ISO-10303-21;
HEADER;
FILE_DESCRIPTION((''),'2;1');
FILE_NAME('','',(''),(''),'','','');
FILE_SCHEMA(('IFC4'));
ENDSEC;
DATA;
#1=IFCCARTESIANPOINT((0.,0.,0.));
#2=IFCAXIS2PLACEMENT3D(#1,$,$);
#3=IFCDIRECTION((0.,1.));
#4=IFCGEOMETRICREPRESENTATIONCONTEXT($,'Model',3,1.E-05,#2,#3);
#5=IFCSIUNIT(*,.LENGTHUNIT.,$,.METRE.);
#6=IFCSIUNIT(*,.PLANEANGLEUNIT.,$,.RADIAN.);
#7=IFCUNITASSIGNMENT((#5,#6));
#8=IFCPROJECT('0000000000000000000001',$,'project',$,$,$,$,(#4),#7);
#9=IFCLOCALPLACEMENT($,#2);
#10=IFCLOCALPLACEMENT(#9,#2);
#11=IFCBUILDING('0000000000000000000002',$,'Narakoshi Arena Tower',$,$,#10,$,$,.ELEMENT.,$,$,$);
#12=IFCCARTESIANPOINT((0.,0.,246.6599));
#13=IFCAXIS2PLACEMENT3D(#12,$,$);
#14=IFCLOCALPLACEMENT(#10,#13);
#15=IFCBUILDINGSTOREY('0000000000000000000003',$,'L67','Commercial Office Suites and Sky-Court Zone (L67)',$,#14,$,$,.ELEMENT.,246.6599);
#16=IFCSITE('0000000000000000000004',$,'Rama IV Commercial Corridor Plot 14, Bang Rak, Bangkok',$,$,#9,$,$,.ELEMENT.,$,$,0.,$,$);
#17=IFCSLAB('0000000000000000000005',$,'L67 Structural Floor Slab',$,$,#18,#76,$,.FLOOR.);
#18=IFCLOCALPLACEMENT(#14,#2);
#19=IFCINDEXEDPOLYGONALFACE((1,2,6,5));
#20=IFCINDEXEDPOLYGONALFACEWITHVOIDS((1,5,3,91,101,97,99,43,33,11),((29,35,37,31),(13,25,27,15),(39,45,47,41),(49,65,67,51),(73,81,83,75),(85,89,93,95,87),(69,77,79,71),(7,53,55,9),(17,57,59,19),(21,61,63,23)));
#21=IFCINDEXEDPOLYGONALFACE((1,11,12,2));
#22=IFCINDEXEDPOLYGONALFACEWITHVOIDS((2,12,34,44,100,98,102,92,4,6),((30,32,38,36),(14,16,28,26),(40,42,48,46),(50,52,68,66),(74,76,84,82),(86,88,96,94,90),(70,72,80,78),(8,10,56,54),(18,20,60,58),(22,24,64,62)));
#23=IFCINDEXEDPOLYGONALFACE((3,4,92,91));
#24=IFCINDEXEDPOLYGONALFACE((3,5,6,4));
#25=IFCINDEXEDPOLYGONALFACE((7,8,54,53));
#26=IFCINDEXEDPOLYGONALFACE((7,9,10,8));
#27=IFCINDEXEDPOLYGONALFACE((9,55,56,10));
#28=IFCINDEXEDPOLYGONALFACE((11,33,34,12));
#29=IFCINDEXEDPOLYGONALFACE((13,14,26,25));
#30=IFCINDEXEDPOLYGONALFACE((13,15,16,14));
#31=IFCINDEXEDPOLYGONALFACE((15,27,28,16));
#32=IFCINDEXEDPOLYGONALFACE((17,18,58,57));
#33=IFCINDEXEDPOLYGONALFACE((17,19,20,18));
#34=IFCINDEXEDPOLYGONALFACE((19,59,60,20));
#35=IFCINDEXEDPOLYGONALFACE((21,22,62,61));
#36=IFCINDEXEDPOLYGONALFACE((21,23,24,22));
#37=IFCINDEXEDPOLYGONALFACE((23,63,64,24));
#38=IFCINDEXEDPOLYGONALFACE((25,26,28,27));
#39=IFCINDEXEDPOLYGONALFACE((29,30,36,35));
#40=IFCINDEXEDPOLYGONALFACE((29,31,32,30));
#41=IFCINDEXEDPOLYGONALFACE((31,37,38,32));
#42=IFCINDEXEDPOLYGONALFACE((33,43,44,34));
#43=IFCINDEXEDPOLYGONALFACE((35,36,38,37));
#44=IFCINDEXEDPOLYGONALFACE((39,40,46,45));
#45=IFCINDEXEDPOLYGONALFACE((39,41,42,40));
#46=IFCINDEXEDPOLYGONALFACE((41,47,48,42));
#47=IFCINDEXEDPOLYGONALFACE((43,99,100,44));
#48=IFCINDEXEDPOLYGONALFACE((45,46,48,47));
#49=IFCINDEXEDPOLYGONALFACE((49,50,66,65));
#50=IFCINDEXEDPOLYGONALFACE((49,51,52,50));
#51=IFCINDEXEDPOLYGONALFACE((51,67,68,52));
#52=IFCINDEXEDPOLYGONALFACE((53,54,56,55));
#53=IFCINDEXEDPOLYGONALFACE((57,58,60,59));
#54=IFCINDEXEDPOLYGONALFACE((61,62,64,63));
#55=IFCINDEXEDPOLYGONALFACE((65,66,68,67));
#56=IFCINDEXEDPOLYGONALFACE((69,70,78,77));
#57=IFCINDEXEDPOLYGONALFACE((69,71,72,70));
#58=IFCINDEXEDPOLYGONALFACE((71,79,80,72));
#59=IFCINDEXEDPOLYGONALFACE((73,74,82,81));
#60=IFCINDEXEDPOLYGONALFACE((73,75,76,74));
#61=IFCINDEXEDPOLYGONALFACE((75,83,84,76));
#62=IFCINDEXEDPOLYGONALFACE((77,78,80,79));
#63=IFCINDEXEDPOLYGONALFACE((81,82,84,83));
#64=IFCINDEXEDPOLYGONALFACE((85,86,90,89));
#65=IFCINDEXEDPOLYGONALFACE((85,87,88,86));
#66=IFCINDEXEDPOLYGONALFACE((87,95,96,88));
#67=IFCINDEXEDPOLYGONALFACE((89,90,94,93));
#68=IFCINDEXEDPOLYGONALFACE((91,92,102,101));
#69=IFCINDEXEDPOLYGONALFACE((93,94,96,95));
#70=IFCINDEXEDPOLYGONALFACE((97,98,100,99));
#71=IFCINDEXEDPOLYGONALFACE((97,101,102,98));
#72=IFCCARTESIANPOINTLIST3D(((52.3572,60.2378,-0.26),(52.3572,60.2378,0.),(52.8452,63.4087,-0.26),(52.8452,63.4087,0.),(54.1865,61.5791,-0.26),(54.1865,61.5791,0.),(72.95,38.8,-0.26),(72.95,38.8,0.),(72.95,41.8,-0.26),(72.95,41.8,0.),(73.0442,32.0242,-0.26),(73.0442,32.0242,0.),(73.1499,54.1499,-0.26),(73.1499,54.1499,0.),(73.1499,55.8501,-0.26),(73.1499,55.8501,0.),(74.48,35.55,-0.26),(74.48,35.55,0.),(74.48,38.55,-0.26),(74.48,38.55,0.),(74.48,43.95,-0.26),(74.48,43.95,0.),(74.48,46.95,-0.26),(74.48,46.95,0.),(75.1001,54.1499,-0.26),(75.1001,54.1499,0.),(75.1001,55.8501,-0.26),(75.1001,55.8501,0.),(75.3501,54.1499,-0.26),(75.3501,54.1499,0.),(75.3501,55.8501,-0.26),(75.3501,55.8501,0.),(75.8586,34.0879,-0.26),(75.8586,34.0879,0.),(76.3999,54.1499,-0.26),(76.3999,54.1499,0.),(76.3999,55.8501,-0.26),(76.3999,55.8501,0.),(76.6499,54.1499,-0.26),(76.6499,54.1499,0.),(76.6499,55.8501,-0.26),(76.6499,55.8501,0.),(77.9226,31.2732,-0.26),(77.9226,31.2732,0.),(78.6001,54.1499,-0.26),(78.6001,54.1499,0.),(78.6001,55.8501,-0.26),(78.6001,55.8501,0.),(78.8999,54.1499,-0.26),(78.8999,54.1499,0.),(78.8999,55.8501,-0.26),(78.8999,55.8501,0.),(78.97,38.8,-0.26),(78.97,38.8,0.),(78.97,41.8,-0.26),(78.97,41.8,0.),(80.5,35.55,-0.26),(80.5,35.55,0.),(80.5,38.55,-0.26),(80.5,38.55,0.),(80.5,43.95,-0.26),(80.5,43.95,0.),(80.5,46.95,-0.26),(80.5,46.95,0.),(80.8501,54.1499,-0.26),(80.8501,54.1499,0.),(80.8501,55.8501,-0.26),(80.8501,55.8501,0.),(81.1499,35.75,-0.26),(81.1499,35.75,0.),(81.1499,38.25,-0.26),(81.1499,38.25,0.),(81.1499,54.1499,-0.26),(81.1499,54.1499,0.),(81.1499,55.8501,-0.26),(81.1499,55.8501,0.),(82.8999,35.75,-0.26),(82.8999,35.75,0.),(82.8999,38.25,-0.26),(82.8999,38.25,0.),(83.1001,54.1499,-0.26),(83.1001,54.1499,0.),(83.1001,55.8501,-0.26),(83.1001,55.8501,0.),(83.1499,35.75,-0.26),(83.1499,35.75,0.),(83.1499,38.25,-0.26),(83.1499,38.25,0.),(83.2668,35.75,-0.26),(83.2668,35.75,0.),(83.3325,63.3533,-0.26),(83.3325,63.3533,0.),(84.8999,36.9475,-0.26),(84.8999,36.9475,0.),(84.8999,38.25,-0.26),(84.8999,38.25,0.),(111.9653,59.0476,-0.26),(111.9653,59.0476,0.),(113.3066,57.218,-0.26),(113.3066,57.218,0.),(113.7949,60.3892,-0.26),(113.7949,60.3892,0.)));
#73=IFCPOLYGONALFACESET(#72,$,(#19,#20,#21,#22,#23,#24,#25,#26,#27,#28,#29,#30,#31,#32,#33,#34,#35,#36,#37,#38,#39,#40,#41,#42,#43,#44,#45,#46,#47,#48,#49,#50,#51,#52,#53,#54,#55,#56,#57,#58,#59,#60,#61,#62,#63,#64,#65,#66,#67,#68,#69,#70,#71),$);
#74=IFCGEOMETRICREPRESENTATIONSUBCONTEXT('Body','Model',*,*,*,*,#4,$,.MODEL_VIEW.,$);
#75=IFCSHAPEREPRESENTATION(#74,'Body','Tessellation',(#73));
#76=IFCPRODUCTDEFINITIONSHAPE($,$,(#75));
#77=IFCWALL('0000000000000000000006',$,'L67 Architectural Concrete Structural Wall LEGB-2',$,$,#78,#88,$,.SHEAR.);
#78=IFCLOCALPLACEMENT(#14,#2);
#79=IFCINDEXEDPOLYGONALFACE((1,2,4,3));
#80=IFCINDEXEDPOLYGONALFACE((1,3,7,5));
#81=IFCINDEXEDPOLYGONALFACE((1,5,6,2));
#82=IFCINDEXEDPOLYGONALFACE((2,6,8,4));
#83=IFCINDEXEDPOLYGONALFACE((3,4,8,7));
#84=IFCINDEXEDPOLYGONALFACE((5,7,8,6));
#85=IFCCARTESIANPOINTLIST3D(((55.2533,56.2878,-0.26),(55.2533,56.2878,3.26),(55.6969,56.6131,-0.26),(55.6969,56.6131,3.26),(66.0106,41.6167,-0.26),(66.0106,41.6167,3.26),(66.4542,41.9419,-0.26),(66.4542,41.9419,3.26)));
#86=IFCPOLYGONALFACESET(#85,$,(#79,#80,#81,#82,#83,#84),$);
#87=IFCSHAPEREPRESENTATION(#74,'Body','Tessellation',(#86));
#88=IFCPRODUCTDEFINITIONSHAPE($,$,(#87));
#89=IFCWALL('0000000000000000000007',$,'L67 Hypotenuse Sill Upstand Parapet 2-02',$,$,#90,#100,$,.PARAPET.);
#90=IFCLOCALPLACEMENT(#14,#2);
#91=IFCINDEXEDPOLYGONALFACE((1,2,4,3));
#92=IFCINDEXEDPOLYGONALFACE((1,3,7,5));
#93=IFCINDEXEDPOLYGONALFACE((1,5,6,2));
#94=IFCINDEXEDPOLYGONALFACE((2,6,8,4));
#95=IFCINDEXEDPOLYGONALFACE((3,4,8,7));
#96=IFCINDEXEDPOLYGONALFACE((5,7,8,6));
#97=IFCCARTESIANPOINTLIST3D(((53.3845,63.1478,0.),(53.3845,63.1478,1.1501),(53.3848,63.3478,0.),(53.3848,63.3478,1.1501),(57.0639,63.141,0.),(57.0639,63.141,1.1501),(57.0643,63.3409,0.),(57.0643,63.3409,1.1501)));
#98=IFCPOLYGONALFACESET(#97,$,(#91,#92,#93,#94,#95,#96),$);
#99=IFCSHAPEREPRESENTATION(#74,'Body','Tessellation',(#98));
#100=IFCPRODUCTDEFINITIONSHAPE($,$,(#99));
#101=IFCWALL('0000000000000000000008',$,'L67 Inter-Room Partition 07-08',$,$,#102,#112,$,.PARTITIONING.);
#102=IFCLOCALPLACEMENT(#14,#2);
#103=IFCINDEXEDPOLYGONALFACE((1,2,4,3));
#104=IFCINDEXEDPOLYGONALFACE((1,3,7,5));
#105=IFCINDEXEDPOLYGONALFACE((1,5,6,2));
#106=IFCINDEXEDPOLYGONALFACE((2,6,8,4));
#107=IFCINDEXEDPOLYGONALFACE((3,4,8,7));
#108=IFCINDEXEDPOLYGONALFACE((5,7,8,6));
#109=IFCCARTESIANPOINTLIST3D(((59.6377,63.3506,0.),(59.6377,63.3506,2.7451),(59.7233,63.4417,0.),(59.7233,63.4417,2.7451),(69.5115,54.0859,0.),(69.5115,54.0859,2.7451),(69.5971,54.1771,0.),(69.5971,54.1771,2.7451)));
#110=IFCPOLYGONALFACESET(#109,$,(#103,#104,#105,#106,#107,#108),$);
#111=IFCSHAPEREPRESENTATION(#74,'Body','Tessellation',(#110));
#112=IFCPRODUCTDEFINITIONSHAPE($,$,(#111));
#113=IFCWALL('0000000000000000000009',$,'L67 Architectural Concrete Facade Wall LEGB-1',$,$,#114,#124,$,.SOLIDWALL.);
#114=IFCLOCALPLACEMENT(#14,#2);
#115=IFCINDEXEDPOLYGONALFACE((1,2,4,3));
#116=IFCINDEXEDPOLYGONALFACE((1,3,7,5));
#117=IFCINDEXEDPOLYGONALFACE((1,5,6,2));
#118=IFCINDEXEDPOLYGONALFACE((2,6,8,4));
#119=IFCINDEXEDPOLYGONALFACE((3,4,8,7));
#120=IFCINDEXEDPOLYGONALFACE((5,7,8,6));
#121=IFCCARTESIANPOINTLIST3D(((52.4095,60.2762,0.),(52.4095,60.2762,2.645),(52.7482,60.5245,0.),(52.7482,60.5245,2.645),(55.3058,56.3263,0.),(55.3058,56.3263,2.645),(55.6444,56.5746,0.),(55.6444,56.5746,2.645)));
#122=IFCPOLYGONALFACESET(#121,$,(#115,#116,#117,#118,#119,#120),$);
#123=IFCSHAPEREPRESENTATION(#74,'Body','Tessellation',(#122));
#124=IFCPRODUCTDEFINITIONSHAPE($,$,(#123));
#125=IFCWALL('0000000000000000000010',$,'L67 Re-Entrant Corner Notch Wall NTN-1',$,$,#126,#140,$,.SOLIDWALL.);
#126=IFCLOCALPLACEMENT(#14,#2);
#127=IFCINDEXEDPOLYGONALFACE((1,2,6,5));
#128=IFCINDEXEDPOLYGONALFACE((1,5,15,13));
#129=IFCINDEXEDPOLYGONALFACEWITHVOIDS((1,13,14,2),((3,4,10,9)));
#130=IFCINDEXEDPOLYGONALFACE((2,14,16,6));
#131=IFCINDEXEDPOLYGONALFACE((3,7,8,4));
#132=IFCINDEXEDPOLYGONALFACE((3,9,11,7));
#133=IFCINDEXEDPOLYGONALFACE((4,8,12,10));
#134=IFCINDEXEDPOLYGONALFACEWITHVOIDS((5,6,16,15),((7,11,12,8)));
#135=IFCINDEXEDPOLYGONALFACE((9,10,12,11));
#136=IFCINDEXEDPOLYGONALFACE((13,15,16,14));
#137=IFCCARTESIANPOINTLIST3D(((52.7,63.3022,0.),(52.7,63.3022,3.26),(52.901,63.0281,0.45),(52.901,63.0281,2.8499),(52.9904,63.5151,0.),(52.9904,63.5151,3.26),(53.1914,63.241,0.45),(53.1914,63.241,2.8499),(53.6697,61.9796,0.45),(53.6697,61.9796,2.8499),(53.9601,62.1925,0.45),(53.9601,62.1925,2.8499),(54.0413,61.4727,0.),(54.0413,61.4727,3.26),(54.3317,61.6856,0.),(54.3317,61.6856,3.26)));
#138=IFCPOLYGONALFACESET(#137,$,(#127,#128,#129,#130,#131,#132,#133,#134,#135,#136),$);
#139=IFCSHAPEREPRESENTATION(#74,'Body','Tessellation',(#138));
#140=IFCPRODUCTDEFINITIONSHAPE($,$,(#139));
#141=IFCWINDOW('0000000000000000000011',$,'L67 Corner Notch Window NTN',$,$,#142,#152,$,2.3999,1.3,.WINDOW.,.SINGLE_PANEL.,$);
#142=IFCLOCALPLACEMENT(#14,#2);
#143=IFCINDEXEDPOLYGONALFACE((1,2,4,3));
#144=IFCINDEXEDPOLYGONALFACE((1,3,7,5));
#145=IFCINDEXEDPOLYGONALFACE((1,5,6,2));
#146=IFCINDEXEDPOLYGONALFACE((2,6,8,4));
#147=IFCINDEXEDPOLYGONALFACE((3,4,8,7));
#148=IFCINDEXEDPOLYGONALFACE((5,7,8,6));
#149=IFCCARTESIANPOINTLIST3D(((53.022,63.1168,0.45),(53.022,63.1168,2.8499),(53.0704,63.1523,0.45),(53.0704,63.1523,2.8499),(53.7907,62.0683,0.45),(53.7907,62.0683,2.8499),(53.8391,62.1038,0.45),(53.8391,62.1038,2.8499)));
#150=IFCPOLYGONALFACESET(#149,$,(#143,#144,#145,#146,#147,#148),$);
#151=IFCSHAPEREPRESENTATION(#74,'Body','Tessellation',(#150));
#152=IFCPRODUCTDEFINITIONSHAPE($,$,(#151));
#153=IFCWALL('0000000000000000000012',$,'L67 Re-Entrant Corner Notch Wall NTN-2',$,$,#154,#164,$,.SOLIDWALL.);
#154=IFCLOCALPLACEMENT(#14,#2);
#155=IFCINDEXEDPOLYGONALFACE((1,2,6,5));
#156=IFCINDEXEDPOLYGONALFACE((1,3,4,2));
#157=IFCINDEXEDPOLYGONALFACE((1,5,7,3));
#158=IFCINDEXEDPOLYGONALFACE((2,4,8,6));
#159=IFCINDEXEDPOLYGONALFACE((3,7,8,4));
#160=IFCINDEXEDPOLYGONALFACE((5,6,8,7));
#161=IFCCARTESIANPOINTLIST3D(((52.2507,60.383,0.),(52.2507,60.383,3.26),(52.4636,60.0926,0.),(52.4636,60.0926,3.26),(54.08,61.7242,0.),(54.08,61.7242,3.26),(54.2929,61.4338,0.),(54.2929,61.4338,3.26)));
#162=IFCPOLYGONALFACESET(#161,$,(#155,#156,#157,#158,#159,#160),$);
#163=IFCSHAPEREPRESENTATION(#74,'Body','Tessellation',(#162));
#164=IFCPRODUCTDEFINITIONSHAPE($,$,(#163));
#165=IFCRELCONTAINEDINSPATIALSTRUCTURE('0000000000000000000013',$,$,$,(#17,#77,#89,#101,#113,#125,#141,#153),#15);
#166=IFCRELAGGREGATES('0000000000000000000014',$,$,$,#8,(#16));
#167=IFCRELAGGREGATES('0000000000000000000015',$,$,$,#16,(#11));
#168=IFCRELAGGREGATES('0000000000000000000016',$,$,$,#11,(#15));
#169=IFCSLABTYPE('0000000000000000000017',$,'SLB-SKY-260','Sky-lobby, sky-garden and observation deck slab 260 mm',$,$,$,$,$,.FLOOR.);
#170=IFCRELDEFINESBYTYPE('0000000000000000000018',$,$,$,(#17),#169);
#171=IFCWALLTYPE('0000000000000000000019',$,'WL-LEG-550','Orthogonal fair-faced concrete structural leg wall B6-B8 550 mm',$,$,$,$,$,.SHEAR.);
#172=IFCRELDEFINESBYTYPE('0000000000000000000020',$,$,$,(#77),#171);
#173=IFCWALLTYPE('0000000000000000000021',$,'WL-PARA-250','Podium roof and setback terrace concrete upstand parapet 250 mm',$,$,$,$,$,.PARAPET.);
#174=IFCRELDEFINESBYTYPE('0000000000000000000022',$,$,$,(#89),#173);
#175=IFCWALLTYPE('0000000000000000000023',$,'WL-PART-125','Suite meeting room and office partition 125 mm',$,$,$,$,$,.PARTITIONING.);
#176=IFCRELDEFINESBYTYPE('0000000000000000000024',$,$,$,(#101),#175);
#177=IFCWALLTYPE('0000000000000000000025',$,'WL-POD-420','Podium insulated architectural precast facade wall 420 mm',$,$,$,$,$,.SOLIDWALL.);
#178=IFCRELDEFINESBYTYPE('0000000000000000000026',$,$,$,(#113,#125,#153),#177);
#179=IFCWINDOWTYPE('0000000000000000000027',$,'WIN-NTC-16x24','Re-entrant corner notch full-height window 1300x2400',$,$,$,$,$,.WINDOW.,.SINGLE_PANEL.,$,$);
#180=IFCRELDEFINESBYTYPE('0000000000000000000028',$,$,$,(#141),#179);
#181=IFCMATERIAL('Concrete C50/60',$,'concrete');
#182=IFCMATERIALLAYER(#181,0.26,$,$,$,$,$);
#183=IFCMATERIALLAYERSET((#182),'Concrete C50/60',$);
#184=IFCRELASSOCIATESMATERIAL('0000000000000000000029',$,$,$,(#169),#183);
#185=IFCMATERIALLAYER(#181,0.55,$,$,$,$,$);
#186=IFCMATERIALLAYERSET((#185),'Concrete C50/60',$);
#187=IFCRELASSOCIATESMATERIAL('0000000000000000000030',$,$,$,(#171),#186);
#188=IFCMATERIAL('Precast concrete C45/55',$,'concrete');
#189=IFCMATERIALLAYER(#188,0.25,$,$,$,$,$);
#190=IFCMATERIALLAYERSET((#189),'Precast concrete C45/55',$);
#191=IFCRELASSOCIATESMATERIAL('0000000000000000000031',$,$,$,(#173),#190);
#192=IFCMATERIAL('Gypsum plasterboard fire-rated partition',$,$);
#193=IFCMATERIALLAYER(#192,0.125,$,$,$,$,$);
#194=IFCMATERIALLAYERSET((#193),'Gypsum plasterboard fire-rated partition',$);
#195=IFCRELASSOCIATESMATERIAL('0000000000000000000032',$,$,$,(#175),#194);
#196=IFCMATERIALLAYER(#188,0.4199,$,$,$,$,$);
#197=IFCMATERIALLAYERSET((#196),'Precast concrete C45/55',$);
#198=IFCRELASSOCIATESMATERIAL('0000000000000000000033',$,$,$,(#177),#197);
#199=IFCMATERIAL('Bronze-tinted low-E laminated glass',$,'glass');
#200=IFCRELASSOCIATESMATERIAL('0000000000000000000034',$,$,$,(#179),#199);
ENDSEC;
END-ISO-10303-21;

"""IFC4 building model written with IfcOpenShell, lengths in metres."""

from ifc_helpers import new_model, si_unit, direction, frame, frame_2d, origin, place, context, subcontext, project, spatial, polyline, rectangle, outline, extrude, material, layer, layer_set, type_object, element, fill, save


model = new_model("IFC4")

# Units and contexts
model_context = context("Model", 3, precision=1e-05, world=origin(), true_north=direction((0.0, 1.0)))
body_context = subcontext(model_context, "Body", "Model", "MODEL_VIEW")
ifc_project = project(units=[si_unit("LENGTHUNIT", "METRE"), si_unit("PLANEANGLEUNIT", "RADIAN")], contexts=[model_context])

# Site, building, storey
site_placement = place(None, origin())
site = spatial("IfcSite", under=ifc_project, at=site_placement, Name="Rama IV Commercial Corridor Plot 14, Bang Rak, Bangkok", CompositionType="ELEMENT", RefElevation=0.0)
building_placement = place(site_placement, origin())
building = spatial("IfcBuilding", under=site, at=building_placement, Name="Narakoshi Arena Tower", CompositionType="ELEMENT")
storey_placement = place(building_placement, frame((0.0, 0.0, 246.6599)))
storey = spatial("IfcBuildingStorey", under=building, at=storey_placement, Name="L67", Description="Commercial Office Suites and Sky-Court Zone (L67)", CompositionType="ELEMENT", Elevation=246.6599)

# Shared definitions
ifc_material_1 = material(Name="Concrete C50/60", Category="concrete")

# Shared definitions
ifc_material_2 = material(Name="Bronze-tinted low-E laminated glass", Category="glass")

# Slab
ifc_layer_1 = layer(ifc_material_1, 0.26)
ifc_layer_set_1 = layer_set([ifc_layer_1], Name="Concrete C50/60")
slab_type_1 = type_object("IfcSlabType", Name="SLB-SKY-260", Description="Sky-lobby, sky-garden and observation deck slab 260 mm", PredefinedType="FLOOR", material=ifc_layer_set_1)
slab_1_placement = place(storey_placement, frame((0.0, 0.0, -0.26)))
element("IfcSlab", 1, at=slab_1_placement, inside=storey, type_object=slab_type_1, Name="L67 Structural Floor Slab", PredefinedType="FLOOR", context=body_context, shape_type="SweptSolid", body=[
    extrude(outline(polyline([(77.9226, 31.2732), (113.3066, 57.218), (111.9653, 59.0476), (113.7949, 60.3892), (83.3325, 63.3533), (52.8452, 63.4087), (54.1865, 61.5791), (52.3572, 60.2378), (73.0442, 32.0242), (75.8586, 34.0879), (77.9226, 31.2732)]), holes=[polyline([(80.5, 35.55), (74.48, 35.55), (74.48, 38.55), (80.5, 38.55), (80.5, 35.55)]), polyline([(82.8999, 35.75), (81.1499, 35.75), (81.1499, 38.25), (82.8999, 38.25), (82.8999, 35.75)]), polyline([(84.8999, 36.9475), (83.2668, 35.75), (83.1499, 35.75), (83.1499, 38.25), (84.8999, 38.25), (84.8999, 36.9475)]), polyline([(72.95, 38.8), (72.95, 41.8), (78.97, 41.8), (78.97, 38.8), (72.95, 38.8)]), polyline([(74.48, 43.95), (74.48, 46.95), (80.5, 46.95), (80.5, 43.95), (74.48, 43.95)]), polyline([(75.1001, 54.1499), (73.1499, 54.1499), (73.1499, 55.8501), (75.1001, 55.8501), (75.1001, 54.1499)]), polyline([(76.3999, 54.1499), (75.3501, 54.1499), (75.3501, 55.8501), (76.3999, 55.8501), (76.3999, 54.1499)]), polyline([(78.6001, 54.1499), (76.6499, 54.1499), (76.6499, 55.8501), (78.6001, 55.8501), (78.6001, 54.1499)]), polyline([(78.8999, 54.1499), (78.8999, 55.8501), (80.8501, 55.8501), (80.8501, 54.1499), (78.8999, 54.1499)]), polyline([(81.1499, 54.1499), (81.1499, 55.8501), (83.1001, 55.8501), (83.1001, 54.1499), (81.1499, 54.1499)])]), origin(), (0.0, 0.0, 1.0), 0.26),
])

# Walls
ifc_layer_2 = layer(ifc_material_1, 0.55)
ifc_layer_set_2 = layer_set([ifc_layer_2], Name="Concrete C50/60")
wall_type_1 = type_object("IfcWallType", Name="WL-LEG-550", Description="Orthogonal fair-faced concrete structural leg wall B6-B8 550 mm", PredefinedType="SHEAR", material=ifc_layer_set_2)
wall_1_placement = place(storey_placement, frame((55.4751, 56.4504, -0.26), z_axis=(0.0, 0.0, 1.0), x_axis=(0.59131, -0.806445, 0.0)))
element("IfcWall", 2, at=wall_1_placement, inside=storey, type_object=wall_type_1, Name="L67 Architectural Concrete Structural Wall LEGB-2", PredefinedType="SHEAR", context=body_context, shape_type="SweptSolid", body=[
    extrude(rectangle(XDim=18.1924, YDim=0.55, at=frame_2d((9.0962, 0.0))), origin(), (0.0, 0.0, 1.0), 3.52),
])
ifc_material_3 = material(Name="Precast concrete C45/55", Category="concrete")
ifc_layer_3 = layer(ifc_material_3, 0.25)
ifc_layer_set_3 = layer_set([ifc_layer_3], Name="Precast concrete C45/55")
wall_type_2 = type_object("IfcWallType", Name="WL-PARA-250", Description="Podium roof and setback terrace concrete upstand parapet 250 mm", PredefinedType="PARAPET", material=ifc_layer_set_3)
wall_2_placement = place(storey_placement, frame((57.0642, 63.241, 0.0), z_axis=(0.0, 0.0, 1.0), x_axis=(-0.999998, 0.001858, 0.0)))
element("IfcWall", 3, at=wall_2_placement, inside=storey, type_object=wall_type_2, Name="L67 Hypotenuse Sill Upstand Parapet 2-02", PredefinedType="PARAPET", context=body_context, shape_type="SweptSolid", body=[
    extrude(rectangle(XDim=3.6794, YDim=0.2, at=frame_2d((1.8398, 0.0))), origin(), (0.0, 0.0, 1.0), 1.1501),
])
ifc_material_4 = material(Name="Gypsum plasterboard fire-rated partition")
ifc_layer_4 = layer(ifc_material_4, 0.125)
ifc_layer_set_4 = layer_set([ifc_layer_4], Name="Gypsum plasterboard fire-rated partition")
wall_type_3 = type_object("IfcWallType", Name="WL-PART-125", Description="Suite meeting room and office partition 125 mm", PredefinedType="PARTITIONING", material=ifc_layer_set_4)
wall_3_placement = place(storey_placement, frame((59.6804, 63.3962, 0.0), z_axis=(0.0, 0.0, 1.0), x_axis=(0.729243, -0.684255, 0.0)))
element("IfcWall", 4, at=wall_3_placement, inside=storey, type_object=wall_type_3, Name="L67 Inter-Room Partition 07-08", PredefinedType="PARTITIONING", context=body_context, shape_type="SweptSolid", body=[
    extrude(rectangle(XDim=13.5398, YDim=0.125, at=frame_2d((6.77, 0.0))), origin(), (0.0, 0.0, 1.0), 2.7451),
])
ifc_layer_5 = layer(ifc_material_3, 0.4199)
ifc_layer_set_5 = layer_set([ifc_layer_5], Name="Precast concrete C45/55")
wall_type_4 = type_object("IfcWallType", Name="WL-POD-420", Description="Podium insulated architectural precast facade wall 420 mm", PredefinedType="SOLIDWALL", material=ifc_layer_set_5)
wall_4_placement = place(storey_placement, frame((52.5789, 60.4004, 0.0), z_axis=(0.0, 0.0, 1.0), x_axis=(0.591312, -0.806443, 0.0)))
element("IfcWall", 5, at=wall_4_placement, inside=storey, type_object=wall_type_4, Name="L67 Architectural Concrete Facade Wall LEGB-1", PredefinedType="SOLIDWALL", context=body_context, shape_type="SweptSolid", body=[
    extrude(rectangle(XDim=4.8979, YDim=0.4199, at=frame_2d((2.449, 0.0))), origin(), (0.0, 0.0, 1.0), 2.645),
])

# Wall, opening, window
wall_5_placement = place(storey_placement, frame((52.8452, 63.4087, 0.0), z_axis=(0.0, 0.0, 1.0), x_axis=(0.591252, -0.806487, 0.0)))
wall_5 = element("IfcWall", 6, at=wall_5_placement, inside=storey, type_object=wall_type_4, Name="L67 Re-Entrant Corner Notch Wall NTN-1", PredefinedType="SOLIDWALL", context=body_context, shape_type="SweptSolid", body=[
    extrude(rectangle(XDim=2.2686, YDim=0.3601, at=frame_2d((1.1343, 0.0))), origin(), (0.0, 0.0, 1.0), 3.26),
])
opening_placement = place(wall_5_placement, frame((0.3401, 0.0, 0.45)))
opening = element("IfcOpeningElement", 7, at=opening_placement, cuts=wall_5, PredefinedType="OPENING", context=body_context, shape_type="SweptSolid", body=[
    extrude(rectangle(XDim=1.3, YDim=2.3999, at=frame_2d((0.6499, 1.2))), frame((0.0, 0.1899, 0.0), z_axis=(0.0, -1.0, 0.0), x_axis=(1.0, 0.0, 0.0)), (0.0, 0.0, 1.0), 0.3801),
])
window_type = type_object("IfcWindowType", Name="WIN-NTC-16x24", Description="Re-entrant corner notch full-height window 1300x2400", PartitioningType="SINGLE_PANEL", PredefinedType="WINDOW", material=ifc_material_2)
window_placement = place(opening_placement, origin())
window = element("IfcWindow", 8, at=window_placement, inside=storey, type_object=window_type, Name="L67 Corner Notch Window NTN", OverallHeight=2.3999, OverallWidth=1.3, PartitioningType="SINGLE_PANEL", PredefinedType="WINDOW", context=body_context, shape_type="SweptSolid", body=[
    extrude(rectangle(XDim=1.3, YDim=2.3999, at=frame_2d((0.6499, 1.2))), frame((0.0, 0.03, 0.0), z_axis=(0.0, -1.0, 0.0), x_axis=(1.0, 0.0, 0.0)), (0.0, 0.0, 1.0), 0.0601),
])
fill(opening, window)

# Wall
wall_6_placement = place(storey_placement, frame((54.1865, 61.5791, 0.0), z_axis=(0.0, 0.0, 1.0), x_axis=(-0.806449, -0.591303, 0.0)))
element("IfcWall", 9, at=wall_6_placement, inside=storey, type_object=wall_type_4, Name="L67 Re-Entrant Corner Notch Wall NTN-2", PredefinedType="SOLIDWALL", context=body_context, shape_type="SweptSolid", body=[
    extrude(rectangle(XDim=2.2683, YDim=0.3601, at=frame_2d((1.1343, 0.0))), origin(), (0.0, 0.0, 1.0), 3.26),
])

save(model, "model.ifc")
